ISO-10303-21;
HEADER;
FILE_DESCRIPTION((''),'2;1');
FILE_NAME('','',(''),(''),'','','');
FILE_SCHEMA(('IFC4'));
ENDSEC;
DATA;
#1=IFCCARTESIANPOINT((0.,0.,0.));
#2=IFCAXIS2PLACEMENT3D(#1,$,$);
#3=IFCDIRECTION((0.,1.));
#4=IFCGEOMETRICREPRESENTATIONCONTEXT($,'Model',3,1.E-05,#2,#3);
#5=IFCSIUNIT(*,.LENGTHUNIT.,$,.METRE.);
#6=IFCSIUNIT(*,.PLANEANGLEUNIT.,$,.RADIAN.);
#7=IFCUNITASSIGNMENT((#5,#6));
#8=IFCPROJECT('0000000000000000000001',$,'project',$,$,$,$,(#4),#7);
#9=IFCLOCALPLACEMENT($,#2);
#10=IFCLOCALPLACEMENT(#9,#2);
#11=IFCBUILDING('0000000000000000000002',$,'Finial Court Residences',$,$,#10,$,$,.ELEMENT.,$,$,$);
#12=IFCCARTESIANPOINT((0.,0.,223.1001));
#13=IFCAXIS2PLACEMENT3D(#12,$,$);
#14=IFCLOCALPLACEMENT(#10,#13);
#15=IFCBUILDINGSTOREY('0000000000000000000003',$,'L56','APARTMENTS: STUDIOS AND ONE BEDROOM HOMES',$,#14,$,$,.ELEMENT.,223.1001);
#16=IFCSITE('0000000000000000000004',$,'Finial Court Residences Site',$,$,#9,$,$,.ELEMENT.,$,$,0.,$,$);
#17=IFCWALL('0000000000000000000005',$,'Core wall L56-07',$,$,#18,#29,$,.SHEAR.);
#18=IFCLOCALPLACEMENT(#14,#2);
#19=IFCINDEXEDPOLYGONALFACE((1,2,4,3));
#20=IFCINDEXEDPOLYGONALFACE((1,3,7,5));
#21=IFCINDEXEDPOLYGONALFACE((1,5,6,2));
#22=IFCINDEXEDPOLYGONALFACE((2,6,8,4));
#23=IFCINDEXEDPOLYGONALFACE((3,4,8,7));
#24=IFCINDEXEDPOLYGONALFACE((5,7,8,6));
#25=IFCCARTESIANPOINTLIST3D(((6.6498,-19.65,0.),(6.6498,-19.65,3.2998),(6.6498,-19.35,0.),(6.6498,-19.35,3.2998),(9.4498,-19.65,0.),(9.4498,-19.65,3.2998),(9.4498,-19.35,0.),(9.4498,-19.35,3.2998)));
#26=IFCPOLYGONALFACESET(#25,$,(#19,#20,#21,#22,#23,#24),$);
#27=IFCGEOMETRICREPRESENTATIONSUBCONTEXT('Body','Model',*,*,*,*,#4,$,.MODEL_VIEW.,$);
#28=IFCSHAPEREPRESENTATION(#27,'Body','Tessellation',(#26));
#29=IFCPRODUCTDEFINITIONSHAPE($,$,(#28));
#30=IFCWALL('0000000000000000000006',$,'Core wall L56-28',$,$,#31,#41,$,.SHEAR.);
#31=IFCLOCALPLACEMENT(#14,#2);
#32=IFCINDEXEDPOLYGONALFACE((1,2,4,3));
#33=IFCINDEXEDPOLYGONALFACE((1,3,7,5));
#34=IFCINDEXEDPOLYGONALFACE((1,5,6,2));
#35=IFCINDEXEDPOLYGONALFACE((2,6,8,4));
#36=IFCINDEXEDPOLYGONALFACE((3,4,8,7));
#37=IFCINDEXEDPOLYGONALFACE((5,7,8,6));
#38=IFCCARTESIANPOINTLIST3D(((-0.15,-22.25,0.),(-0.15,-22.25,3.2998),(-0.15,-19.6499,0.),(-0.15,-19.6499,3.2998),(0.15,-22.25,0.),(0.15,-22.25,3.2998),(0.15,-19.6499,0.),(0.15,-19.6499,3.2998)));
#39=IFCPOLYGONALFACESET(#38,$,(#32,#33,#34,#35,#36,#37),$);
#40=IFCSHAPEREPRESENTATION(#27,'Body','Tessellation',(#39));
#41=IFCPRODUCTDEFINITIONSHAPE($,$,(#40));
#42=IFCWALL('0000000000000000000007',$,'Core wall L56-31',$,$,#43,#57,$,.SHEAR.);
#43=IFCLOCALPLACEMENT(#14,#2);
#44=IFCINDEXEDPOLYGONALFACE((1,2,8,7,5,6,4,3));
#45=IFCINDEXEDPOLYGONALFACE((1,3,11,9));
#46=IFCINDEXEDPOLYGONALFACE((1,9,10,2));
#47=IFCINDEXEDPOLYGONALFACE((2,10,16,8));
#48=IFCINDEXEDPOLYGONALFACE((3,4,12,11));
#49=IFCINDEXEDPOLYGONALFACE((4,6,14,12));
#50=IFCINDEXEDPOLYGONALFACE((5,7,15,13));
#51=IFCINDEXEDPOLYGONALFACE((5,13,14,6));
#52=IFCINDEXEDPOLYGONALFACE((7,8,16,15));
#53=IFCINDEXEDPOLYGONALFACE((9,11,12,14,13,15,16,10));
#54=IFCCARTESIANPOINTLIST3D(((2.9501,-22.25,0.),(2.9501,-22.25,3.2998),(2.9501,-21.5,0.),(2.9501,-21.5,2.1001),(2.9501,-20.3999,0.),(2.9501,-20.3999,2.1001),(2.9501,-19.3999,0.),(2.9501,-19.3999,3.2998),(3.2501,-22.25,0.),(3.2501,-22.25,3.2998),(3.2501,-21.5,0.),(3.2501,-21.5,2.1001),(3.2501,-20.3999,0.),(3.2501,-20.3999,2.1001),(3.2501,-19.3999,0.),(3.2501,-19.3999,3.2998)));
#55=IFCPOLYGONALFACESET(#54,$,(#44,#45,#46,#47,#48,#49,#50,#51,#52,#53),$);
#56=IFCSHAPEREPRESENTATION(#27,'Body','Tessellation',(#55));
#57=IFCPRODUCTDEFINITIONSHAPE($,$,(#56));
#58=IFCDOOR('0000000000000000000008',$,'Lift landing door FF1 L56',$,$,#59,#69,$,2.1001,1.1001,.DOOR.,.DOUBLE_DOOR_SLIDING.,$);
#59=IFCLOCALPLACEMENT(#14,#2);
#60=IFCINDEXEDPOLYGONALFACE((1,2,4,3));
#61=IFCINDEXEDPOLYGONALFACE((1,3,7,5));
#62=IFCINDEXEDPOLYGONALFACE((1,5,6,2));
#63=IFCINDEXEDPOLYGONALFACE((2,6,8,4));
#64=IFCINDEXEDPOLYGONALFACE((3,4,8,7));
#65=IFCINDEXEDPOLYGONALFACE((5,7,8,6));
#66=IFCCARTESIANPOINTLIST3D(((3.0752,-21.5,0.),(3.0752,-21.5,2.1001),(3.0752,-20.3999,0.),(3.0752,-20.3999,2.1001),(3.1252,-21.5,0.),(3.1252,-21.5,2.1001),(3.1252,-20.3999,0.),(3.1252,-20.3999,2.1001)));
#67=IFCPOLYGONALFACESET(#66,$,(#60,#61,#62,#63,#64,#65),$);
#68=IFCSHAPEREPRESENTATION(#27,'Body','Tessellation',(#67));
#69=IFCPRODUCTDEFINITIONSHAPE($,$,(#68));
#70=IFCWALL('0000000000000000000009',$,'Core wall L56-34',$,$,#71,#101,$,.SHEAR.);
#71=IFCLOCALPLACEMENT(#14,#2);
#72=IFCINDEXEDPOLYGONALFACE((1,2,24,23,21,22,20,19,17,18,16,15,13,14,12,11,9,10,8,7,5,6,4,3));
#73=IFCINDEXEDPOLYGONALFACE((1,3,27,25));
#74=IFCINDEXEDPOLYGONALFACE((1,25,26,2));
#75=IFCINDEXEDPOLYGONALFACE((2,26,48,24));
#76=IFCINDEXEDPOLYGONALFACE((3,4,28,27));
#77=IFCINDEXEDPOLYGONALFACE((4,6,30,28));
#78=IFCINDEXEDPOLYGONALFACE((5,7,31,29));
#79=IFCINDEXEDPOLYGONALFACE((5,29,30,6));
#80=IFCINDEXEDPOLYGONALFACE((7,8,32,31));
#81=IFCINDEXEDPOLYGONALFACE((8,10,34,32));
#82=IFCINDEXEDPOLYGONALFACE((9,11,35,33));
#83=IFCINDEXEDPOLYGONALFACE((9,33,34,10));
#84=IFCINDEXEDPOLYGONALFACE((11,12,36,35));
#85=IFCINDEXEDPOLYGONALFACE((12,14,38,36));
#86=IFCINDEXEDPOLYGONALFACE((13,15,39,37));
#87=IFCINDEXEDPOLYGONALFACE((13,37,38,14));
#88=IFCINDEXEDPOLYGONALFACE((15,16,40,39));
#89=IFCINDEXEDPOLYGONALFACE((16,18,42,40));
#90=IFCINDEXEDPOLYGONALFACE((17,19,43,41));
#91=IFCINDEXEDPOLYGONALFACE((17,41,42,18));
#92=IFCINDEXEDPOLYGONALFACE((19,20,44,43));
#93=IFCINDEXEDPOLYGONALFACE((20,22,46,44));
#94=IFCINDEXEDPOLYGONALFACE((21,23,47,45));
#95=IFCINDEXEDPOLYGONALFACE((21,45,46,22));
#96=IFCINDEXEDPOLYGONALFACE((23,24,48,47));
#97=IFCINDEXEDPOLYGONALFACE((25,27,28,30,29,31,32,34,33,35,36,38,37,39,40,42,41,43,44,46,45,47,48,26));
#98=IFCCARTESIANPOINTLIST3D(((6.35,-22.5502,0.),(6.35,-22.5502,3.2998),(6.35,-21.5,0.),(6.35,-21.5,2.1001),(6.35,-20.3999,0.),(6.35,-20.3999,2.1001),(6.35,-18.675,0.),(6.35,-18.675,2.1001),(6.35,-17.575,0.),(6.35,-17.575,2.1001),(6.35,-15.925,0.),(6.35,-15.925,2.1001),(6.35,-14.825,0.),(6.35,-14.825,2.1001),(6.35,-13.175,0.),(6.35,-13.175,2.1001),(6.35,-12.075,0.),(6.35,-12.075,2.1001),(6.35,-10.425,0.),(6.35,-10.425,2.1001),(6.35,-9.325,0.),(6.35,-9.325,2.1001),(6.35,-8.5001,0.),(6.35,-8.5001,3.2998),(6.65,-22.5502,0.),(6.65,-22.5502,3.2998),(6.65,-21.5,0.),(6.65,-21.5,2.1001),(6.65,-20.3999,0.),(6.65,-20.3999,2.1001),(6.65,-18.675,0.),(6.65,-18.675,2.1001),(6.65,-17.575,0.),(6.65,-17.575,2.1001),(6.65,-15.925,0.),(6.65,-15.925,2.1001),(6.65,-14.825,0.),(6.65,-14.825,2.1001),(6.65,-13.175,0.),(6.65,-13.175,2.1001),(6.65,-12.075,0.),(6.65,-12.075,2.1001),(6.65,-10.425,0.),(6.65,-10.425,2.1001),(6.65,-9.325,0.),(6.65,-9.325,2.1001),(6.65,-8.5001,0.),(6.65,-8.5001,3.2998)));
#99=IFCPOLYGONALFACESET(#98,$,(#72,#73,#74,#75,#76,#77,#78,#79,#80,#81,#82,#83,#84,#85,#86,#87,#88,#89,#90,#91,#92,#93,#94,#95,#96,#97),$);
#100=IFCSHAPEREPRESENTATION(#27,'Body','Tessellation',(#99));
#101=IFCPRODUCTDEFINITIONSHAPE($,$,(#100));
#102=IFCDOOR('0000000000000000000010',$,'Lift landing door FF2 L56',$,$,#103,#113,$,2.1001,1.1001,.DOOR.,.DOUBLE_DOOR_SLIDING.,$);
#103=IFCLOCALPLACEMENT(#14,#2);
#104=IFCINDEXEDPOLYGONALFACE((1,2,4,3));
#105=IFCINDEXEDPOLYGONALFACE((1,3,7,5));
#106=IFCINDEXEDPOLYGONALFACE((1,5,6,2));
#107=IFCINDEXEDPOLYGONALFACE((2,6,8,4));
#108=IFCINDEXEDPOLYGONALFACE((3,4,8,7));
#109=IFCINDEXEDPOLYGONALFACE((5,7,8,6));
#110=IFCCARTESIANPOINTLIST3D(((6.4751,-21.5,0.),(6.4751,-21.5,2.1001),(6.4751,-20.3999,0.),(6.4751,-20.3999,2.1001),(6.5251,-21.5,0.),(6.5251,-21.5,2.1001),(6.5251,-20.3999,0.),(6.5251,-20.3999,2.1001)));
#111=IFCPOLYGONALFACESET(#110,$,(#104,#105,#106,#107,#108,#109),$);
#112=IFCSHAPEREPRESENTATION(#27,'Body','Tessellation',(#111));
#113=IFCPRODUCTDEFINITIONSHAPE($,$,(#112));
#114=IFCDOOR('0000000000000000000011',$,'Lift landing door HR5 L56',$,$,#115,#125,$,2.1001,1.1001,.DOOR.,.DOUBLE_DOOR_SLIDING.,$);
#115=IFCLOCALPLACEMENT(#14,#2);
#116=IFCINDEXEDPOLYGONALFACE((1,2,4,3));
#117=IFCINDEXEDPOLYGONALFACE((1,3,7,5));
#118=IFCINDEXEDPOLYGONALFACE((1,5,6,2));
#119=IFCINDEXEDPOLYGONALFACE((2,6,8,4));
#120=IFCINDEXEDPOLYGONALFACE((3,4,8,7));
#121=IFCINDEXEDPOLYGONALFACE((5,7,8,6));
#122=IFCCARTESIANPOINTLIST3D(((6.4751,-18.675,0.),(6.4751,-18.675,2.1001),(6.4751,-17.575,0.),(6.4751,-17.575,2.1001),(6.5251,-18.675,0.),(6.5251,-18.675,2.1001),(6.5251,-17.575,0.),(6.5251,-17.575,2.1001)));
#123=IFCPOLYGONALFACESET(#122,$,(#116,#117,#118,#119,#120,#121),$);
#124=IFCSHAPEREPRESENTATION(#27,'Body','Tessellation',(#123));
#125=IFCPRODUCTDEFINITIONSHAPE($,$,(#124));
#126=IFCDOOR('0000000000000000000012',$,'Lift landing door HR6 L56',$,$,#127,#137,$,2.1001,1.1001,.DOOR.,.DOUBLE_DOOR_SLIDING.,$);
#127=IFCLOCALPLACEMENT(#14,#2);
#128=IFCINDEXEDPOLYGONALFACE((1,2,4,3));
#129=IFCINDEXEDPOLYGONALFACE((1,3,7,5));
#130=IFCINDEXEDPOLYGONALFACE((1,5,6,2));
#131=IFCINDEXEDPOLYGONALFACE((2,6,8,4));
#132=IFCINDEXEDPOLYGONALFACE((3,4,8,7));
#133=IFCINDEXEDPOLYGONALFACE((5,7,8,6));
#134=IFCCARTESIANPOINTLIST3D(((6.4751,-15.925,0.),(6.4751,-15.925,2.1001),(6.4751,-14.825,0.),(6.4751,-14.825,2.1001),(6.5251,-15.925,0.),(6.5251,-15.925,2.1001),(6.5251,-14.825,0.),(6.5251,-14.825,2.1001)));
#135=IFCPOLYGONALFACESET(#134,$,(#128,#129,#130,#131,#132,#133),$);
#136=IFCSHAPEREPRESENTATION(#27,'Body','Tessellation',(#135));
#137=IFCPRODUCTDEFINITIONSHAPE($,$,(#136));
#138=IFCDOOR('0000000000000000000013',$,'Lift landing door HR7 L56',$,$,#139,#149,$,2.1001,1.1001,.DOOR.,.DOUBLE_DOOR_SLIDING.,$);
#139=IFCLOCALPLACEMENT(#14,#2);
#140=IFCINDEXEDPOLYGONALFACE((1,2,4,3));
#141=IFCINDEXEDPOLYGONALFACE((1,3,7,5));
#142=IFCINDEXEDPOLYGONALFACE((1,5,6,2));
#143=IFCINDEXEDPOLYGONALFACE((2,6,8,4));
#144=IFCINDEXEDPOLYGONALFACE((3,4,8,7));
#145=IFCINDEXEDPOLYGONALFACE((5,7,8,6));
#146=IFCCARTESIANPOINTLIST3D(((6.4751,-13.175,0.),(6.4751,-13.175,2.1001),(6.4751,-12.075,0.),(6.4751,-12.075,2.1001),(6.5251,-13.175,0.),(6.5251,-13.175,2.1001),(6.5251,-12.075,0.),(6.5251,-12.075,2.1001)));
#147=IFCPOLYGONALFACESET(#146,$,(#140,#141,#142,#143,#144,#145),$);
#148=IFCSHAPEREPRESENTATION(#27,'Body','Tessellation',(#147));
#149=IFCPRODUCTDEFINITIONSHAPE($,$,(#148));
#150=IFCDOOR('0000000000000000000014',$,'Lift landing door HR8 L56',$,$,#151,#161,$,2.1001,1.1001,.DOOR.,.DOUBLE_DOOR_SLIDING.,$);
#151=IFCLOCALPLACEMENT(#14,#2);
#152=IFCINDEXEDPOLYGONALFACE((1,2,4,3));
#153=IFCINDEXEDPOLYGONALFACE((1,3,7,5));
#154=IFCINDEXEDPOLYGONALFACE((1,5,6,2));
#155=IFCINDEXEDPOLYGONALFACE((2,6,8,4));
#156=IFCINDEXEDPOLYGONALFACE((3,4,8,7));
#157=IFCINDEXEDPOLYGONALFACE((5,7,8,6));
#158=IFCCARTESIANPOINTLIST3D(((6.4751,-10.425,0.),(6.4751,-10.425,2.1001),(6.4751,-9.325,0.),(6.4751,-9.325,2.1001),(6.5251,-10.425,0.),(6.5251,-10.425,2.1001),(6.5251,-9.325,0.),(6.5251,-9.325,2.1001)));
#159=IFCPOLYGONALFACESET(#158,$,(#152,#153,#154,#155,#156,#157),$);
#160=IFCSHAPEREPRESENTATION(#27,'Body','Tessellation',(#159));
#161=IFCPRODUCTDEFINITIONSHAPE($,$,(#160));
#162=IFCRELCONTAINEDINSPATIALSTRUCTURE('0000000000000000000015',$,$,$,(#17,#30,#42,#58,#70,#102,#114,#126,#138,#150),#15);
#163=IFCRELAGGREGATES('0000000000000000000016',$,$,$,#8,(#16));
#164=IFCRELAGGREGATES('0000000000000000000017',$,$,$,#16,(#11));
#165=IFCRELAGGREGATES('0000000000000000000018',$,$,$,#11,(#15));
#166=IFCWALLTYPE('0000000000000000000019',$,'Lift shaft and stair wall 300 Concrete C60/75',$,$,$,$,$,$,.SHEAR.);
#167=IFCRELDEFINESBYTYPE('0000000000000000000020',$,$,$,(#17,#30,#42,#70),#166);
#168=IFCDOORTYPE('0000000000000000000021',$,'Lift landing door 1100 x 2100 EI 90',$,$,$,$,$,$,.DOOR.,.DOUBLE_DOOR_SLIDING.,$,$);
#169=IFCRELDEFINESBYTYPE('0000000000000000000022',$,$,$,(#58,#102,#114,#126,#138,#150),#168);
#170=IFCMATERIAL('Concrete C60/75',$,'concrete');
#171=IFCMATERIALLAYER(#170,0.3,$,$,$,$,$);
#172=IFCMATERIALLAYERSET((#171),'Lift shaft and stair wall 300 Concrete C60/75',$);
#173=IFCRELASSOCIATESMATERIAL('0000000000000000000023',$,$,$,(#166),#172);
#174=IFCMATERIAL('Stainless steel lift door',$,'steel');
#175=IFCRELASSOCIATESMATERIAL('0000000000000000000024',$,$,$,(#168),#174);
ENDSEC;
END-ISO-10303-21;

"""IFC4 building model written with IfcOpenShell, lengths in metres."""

from ifc_helpers import new_model, si_unit, direction, frame, frame_2d, origin, place, context, subcontext, project, spatial, rectangle, extrude, material, layer, layer_set, type_object, element, fill, save


model = new_model("IFC4")

# Units and contexts
model_context = context("Model", 3, precision=1e-05, world=origin(), true_north=direction((0.0, 1.0)))
body_context = subcontext(model_context, "Body", "Model", "MODEL_VIEW")
ifc_project = project(units=[si_unit("LENGTHUNIT", "METRE"), si_unit("PLANEANGLEUNIT", "RADIAN")], contexts=[model_context])

# Site, building, storey
site_placement = place(None, origin())
site = spatial("IfcSite", under=ifc_project, at=site_placement, Name="Finial Court Residences Site", CompositionType="ELEMENT", RefElevation=0.0)
building_placement = place(site_placement, origin())
building = spatial("IfcBuilding", under=site, at=building_placement, Name="Finial Court Residences", CompositionType="ELEMENT")
storey_placement = place(building_placement, frame((0.0, 0.0, 223.1001)))
storey = spatial("IfcBuildingStorey", under=building, at=storey_placement, Name="L56", Description="APARTMENTS: STUDIOS AND ONE BEDROOM HOMES", CompositionType="ELEMENT", Elevation=223.1001)

# Walls
ifc_material_1 = material(Name="Concrete C60/75", Category="concrete")
ifc_layer_1 = layer(ifc_material_1, 0.3)
ifc_layer_set_1 = layer_set([ifc_layer_1], Name="Lift shaft and stair wall 300 Concrete C60/75")
wall_type_1 = type_object("IfcWallType", Name="Lift shaft and stair wall 300 Concrete C60/75", PredefinedType="SHEAR", material=ifc_layer_set_1)
wall_1_placement = place(storey_placement, frame((6.6499, -19.5, 0.0), z_axis=(0.0, 0.0, 1.0), x_axis=(1.0, 0.0, 0.0)))
element("IfcWall", 1, at=wall_1_placement, inside=storey, type_object=wall_type_1, Name="Core wall L56-07", PredefinedType="SHEAR", context=body_context, shape_type="SweptSolid", body=[
    extrude(rectangle(XDim=2.8, YDim=0.3, at=frame_2d((1.3999, 0.0))), origin(), (0.0, 0.0, 1.0), 3.2998),
])
wall_2_placement = place(storey_placement, frame((0.0, -22.25, 0.0), z_axis=(0.0, 0.0, 1.0), x_axis=(0.0, 1.0, 0.0)))
element("IfcWall", 2, at=wall_2_placement, inside=storey, type_object=wall_type_1, Name="Core wall L56-28", PredefinedType="SHEAR", context=body_context, shape_type="SweptSolid", body=[
    extrude(rectangle(XDim=2.6001, YDim=0.3, at=frame_2d((1.3, 0.0))), origin(), (0.0, 0.0, 1.0), 3.2998),
])

# Wall, opening, door
wall_3_placement = place(storey_placement, frame((3.1001, -22.25, 0.0), z_axis=(0.0, 0.0, 1.0), x_axis=(0.0, 1.0, 0.0)))
wall_3 = element("IfcWall", 3, at=wall_3_placement, inside=storey, type_object=wall_type_1, Name="Core wall L56-31", PredefinedType="SHEAR", context=body_context, shape_type="SweptSolid", body=[
    extrude(rectangle(XDim=2.8501, YDim=0.3, at=frame_2d((1.425, 0.0))), origin(), (0.0, 0.0, 1.0), 3.2998),
])
opening_1_placement = place(wall_3_placement, frame((0.75, 0.0, 0.0)))
opening_1 = element("IfcOpeningElement", 4, at=opening_1_placement, cuts=wall_3, PredefinedType="OPENING", context=body_context, shape_type="SweptSolid", body=[
    extrude(rectangle(XDim=1.1001, YDim=2.1001, at=frame_2d((0.55, 1.05))), frame((0.0, 0.1599, 0.0), z_axis=(0.0, -1.0, 0.0), x_axis=(1.0, 0.0, 0.0)), (0.0, 0.0, 1.0), 0.3201),
])
ifc_material_2 = material(Name="Stainless steel lift door", Category="steel")
door_type_1 = type_object("IfcDoorType", Name="Lift landing door 1100 x 2100 EI 90", OperationType="DOUBLE_DOOR_SLIDING", PredefinedType="DOOR", material=ifc_material_2)
door_1_placement = place(opening_1_placement, origin())
door_1 = element("IfcDoor", 5, at=door_1_placement, inside=storey, type_object=door_type_1, Name="Lift landing door FF1 L56", OperationType="DOUBLE_DOOR_SLIDING", OverallHeight=2.1001, OverallWidth=1.1001, PredefinedType="DOOR", context=body_context, shape_type="SweptSolid", body=[
    extrude(rectangle(XDim=1.1001, YDim=2.1001, at=frame_2d((0.55, 1.05))), frame((0.0, 0.0249, 0.0), z_axis=(0.0, -1.0, 0.0), x_axis=(1.0, 0.0, 0.0)), (0.0, 0.0, 1.0), 0.05),
])
fill(opening_1, door_1)

# Wall, openings, doors
wall_4_placement = place(storey_placement, frame((6.5, -22.55, 0.0), z_axis=(0.0, 0.0, 1.0), x_axis=(0.0, 1.0, 0.0)))
wall_4 = element("IfcWall", 6, at=wall_4_placement, inside=storey, type_object=wall_type_1, Name="Core wall L56-34", PredefinedType="SHEAR", context=body_context, shape_type="SweptSolid", body=[
    extrude(rectangle(XDim=14.05, YDim=0.3, at=frame_2d((7.0249, 0.0))), origin(), (0.0, 0.0, 1.0), 3.2998),
])
opening_2_placement = place(wall_4_placement, frame((1.05, 0.0, 0.0)))
opening_2 = element("IfcOpeningElement", 7, at=opening_2_placement, cuts=wall_4, PredefinedType="OPENING", context=body_context, shape_type="SweptSolid", body=[
    extrude(rectangle(XDim=1.1001, YDim=2.1001, at=frame_2d((0.55, 1.05))), frame((0.0, 0.1599, 0.0), z_axis=(0.0, -1.0, 0.0), x_axis=(1.0, 0.0, 0.0)), (0.0, 0.0, 1.0), 0.3201),
])
opening_3_placement = place(wall_4_placement, frame((3.875, 0.0, 0.0)))
opening_3 = element("IfcOpeningElement", 8, at=opening_3_placement, cuts=wall_4, PredefinedType="OPENING", context=body_context, shape_type="SweptSolid", body=[
    extrude(rectangle(XDim=1.1001, YDim=2.1001, at=frame_2d((0.55, 1.05))), frame((0.0, 0.1599, 0.0), z_axis=(0.0, -1.0, 0.0), x_axis=(1.0, 0.0, 0.0)), (0.0, 0.0, 1.0), 0.3201),
])
opening_4_placement = place(wall_4_placement, frame((6.625, 0.0, 0.0)))
opening_4 = element("IfcOpeningElement", 9, at=opening_4_placement, cuts=wall_4, PredefinedType="OPENING", context=body_context, shape_type="SweptSolid", body=[
    extrude(rectangle(XDim=1.1001, YDim=2.1001, at=frame_2d((0.55, 1.05))), frame((0.0, 0.1599, 0.0), z_axis=(0.0, -1.0, 0.0), x_axis=(1.0, 0.0, 0.0)), (0.0, 0.0, 1.0), 0.3201),
])
opening_5_placement = place(wall_4_placement, frame((9.375, 0.0, 0.0)))
opening_5 = element("IfcOpeningElement", 10, at=opening_5_placement, cuts=wall_4, PredefinedType="OPENING", context=body_context, shape_type="SweptSolid", body=[
    extrude(rectangle(XDim=1.1001, YDim=2.1001, at=frame_2d((0.55, 1.05))), frame((0.0, 0.1599, 0.0), z_axis=(0.0, -1.0, 0.0), x_axis=(1.0, 0.0, 0.0)), (0.0, 0.0, 1.0), 0.3201),
])
opening_6_placement = place(wall_4_placement, frame((12.125, 0.0, 0.0)))
opening_6 = element("IfcOpeningElement", 11, at=opening_6_placement, cuts=wall_4, PredefinedType="OPENING", context=body_context, shape_type="SweptSolid", body=[
    extrude(rectangle(XDim=1.1001, YDim=2.1001, at=frame_2d((0.55, 1.05))), frame((0.0, 0.1599, 0.0), z_axis=(0.0, -1.0, 0.0), x_axis=(1.0, 0.0, 0.0)), (0.0, 0.0, 1.0), 0.3201),
])
door_2_placement = place(opening_2_placement, origin())
door_2 = element("IfcDoor", 12, at=door_2_placement, inside=storey, type_object=door_type_1, Name="Lift landing door FF2 L56", OperationType="DOUBLE_DOOR_SLIDING", OverallHeight=2.1001, OverallWidth=1.1001, PredefinedType="DOOR", context=body_context, shape_type="SweptSolid", body=[
    extrude(rectangle(XDim=1.1001, YDim=2.1001, at=frame_2d((0.55, 1.05))), frame((0.0, 0.0249, 0.0), z_axis=(0.0, -1.0, 0.0), x_axis=(1.0, 0.0, 0.0)), (0.0, 0.0, 1.0), 0.05),
])
fill(opening_2, door_2)
door_3_placement = place(opening_3_placement, origin())
door_3 = element("IfcDoor", 13, at=door_3_placement, inside=storey, type_object=door_type_1, Name="Lift landing door HR5 L56", OperationType="DOUBLE_DOOR_SLIDING", OverallHeight=2.1001, OverallWidth=1.1001, PredefinedType="DOOR", context=body_context, shape_type="SweptSolid", body=[
    extrude(rectangle(XDim=1.1001, YDim=2.1001, at=frame_2d((0.55, 1.05))), frame((0.0, 0.0249, 0.0), z_axis=(0.0, -1.0, 0.0), x_axis=(1.0, 0.0, 0.0)), (0.0, 0.0, 1.0), 0.05),
])
fill(opening_3, door_3)
door_4_placement = place(opening_4_placement, origin())
door_4 = element("IfcDoor", 14, at=door_4_placement, inside=storey, type_object=door_type_1, Name="Lift landing door HR6 L56", OperationType="DOUBLE_DOOR_SLIDING", OverallHeight=2.1001, OverallWidth=1.1001, PredefinedType="DOOR", context=body_context, shape_type="SweptSolid", body=[
    extrude(rectangle(XDim=1.1001, YDim=2.1001, at=frame_2d((0.55, 1.05))), frame((0.0, 0.0249, 0.0), z_axis=(0.0, -1.0, 0.0), x_axis=(1.0, 0.0, 0.0)), (0.0, 0.0, 1.0), 0.05),
])
fill(opening_4, door_4)
door_5_placement = place(opening_5_placement, origin())
door_5 = element("IfcDoor", 15, at=door_5_placement, inside=storey, type_object=door_type_1, Name="Lift landing door HR7 L56", OperationType="DOUBLE_DOOR_SLIDING", OverallHeight=2.1001, OverallWidth=1.1001, PredefinedType="DOOR", context=body_context, shape_type="SweptSolid", body=[
    extrude(rectangle(XDim=1.1001, YDim=2.1001, at=frame_2d((0.55, 1.05))), frame((0.0, 0.0249, 0.0), z_axis=(0.0, -1.0, 0.0), x_axis=(1.0, 0.0, 0.0)), (0.0, 0.0, 1.0), 0.05),
])
fill(opening_5, door_5)
door_6_placement = place(opening_6_placement, origin())
door_6 = element("IfcDoor", 16, at=door_6_placement, inside=storey, type_object=door_type_1, Name="Lift landing door HR8 L56", OperationType="DOUBLE_DOOR_SLIDING", OverallHeight=2.1001, OverallWidth=1.1001, PredefinedType="DOOR", context=body_context, shape_type="SweptSolid", body=[
    extrude(rectangle(XDim=1.1001, YDim=2.1001, at=frame_2d((0.55, 1.05))), frame((0.0, 0.0249, 0.0), z_axis=(0.0, -1.0, 0.0), x_axis=(1.0, 0.0, 0.0)), (0.0, 0.0, 1.0), 0.05),
])
fill(opening_6, door_6)

save(model, "model.ifc")
